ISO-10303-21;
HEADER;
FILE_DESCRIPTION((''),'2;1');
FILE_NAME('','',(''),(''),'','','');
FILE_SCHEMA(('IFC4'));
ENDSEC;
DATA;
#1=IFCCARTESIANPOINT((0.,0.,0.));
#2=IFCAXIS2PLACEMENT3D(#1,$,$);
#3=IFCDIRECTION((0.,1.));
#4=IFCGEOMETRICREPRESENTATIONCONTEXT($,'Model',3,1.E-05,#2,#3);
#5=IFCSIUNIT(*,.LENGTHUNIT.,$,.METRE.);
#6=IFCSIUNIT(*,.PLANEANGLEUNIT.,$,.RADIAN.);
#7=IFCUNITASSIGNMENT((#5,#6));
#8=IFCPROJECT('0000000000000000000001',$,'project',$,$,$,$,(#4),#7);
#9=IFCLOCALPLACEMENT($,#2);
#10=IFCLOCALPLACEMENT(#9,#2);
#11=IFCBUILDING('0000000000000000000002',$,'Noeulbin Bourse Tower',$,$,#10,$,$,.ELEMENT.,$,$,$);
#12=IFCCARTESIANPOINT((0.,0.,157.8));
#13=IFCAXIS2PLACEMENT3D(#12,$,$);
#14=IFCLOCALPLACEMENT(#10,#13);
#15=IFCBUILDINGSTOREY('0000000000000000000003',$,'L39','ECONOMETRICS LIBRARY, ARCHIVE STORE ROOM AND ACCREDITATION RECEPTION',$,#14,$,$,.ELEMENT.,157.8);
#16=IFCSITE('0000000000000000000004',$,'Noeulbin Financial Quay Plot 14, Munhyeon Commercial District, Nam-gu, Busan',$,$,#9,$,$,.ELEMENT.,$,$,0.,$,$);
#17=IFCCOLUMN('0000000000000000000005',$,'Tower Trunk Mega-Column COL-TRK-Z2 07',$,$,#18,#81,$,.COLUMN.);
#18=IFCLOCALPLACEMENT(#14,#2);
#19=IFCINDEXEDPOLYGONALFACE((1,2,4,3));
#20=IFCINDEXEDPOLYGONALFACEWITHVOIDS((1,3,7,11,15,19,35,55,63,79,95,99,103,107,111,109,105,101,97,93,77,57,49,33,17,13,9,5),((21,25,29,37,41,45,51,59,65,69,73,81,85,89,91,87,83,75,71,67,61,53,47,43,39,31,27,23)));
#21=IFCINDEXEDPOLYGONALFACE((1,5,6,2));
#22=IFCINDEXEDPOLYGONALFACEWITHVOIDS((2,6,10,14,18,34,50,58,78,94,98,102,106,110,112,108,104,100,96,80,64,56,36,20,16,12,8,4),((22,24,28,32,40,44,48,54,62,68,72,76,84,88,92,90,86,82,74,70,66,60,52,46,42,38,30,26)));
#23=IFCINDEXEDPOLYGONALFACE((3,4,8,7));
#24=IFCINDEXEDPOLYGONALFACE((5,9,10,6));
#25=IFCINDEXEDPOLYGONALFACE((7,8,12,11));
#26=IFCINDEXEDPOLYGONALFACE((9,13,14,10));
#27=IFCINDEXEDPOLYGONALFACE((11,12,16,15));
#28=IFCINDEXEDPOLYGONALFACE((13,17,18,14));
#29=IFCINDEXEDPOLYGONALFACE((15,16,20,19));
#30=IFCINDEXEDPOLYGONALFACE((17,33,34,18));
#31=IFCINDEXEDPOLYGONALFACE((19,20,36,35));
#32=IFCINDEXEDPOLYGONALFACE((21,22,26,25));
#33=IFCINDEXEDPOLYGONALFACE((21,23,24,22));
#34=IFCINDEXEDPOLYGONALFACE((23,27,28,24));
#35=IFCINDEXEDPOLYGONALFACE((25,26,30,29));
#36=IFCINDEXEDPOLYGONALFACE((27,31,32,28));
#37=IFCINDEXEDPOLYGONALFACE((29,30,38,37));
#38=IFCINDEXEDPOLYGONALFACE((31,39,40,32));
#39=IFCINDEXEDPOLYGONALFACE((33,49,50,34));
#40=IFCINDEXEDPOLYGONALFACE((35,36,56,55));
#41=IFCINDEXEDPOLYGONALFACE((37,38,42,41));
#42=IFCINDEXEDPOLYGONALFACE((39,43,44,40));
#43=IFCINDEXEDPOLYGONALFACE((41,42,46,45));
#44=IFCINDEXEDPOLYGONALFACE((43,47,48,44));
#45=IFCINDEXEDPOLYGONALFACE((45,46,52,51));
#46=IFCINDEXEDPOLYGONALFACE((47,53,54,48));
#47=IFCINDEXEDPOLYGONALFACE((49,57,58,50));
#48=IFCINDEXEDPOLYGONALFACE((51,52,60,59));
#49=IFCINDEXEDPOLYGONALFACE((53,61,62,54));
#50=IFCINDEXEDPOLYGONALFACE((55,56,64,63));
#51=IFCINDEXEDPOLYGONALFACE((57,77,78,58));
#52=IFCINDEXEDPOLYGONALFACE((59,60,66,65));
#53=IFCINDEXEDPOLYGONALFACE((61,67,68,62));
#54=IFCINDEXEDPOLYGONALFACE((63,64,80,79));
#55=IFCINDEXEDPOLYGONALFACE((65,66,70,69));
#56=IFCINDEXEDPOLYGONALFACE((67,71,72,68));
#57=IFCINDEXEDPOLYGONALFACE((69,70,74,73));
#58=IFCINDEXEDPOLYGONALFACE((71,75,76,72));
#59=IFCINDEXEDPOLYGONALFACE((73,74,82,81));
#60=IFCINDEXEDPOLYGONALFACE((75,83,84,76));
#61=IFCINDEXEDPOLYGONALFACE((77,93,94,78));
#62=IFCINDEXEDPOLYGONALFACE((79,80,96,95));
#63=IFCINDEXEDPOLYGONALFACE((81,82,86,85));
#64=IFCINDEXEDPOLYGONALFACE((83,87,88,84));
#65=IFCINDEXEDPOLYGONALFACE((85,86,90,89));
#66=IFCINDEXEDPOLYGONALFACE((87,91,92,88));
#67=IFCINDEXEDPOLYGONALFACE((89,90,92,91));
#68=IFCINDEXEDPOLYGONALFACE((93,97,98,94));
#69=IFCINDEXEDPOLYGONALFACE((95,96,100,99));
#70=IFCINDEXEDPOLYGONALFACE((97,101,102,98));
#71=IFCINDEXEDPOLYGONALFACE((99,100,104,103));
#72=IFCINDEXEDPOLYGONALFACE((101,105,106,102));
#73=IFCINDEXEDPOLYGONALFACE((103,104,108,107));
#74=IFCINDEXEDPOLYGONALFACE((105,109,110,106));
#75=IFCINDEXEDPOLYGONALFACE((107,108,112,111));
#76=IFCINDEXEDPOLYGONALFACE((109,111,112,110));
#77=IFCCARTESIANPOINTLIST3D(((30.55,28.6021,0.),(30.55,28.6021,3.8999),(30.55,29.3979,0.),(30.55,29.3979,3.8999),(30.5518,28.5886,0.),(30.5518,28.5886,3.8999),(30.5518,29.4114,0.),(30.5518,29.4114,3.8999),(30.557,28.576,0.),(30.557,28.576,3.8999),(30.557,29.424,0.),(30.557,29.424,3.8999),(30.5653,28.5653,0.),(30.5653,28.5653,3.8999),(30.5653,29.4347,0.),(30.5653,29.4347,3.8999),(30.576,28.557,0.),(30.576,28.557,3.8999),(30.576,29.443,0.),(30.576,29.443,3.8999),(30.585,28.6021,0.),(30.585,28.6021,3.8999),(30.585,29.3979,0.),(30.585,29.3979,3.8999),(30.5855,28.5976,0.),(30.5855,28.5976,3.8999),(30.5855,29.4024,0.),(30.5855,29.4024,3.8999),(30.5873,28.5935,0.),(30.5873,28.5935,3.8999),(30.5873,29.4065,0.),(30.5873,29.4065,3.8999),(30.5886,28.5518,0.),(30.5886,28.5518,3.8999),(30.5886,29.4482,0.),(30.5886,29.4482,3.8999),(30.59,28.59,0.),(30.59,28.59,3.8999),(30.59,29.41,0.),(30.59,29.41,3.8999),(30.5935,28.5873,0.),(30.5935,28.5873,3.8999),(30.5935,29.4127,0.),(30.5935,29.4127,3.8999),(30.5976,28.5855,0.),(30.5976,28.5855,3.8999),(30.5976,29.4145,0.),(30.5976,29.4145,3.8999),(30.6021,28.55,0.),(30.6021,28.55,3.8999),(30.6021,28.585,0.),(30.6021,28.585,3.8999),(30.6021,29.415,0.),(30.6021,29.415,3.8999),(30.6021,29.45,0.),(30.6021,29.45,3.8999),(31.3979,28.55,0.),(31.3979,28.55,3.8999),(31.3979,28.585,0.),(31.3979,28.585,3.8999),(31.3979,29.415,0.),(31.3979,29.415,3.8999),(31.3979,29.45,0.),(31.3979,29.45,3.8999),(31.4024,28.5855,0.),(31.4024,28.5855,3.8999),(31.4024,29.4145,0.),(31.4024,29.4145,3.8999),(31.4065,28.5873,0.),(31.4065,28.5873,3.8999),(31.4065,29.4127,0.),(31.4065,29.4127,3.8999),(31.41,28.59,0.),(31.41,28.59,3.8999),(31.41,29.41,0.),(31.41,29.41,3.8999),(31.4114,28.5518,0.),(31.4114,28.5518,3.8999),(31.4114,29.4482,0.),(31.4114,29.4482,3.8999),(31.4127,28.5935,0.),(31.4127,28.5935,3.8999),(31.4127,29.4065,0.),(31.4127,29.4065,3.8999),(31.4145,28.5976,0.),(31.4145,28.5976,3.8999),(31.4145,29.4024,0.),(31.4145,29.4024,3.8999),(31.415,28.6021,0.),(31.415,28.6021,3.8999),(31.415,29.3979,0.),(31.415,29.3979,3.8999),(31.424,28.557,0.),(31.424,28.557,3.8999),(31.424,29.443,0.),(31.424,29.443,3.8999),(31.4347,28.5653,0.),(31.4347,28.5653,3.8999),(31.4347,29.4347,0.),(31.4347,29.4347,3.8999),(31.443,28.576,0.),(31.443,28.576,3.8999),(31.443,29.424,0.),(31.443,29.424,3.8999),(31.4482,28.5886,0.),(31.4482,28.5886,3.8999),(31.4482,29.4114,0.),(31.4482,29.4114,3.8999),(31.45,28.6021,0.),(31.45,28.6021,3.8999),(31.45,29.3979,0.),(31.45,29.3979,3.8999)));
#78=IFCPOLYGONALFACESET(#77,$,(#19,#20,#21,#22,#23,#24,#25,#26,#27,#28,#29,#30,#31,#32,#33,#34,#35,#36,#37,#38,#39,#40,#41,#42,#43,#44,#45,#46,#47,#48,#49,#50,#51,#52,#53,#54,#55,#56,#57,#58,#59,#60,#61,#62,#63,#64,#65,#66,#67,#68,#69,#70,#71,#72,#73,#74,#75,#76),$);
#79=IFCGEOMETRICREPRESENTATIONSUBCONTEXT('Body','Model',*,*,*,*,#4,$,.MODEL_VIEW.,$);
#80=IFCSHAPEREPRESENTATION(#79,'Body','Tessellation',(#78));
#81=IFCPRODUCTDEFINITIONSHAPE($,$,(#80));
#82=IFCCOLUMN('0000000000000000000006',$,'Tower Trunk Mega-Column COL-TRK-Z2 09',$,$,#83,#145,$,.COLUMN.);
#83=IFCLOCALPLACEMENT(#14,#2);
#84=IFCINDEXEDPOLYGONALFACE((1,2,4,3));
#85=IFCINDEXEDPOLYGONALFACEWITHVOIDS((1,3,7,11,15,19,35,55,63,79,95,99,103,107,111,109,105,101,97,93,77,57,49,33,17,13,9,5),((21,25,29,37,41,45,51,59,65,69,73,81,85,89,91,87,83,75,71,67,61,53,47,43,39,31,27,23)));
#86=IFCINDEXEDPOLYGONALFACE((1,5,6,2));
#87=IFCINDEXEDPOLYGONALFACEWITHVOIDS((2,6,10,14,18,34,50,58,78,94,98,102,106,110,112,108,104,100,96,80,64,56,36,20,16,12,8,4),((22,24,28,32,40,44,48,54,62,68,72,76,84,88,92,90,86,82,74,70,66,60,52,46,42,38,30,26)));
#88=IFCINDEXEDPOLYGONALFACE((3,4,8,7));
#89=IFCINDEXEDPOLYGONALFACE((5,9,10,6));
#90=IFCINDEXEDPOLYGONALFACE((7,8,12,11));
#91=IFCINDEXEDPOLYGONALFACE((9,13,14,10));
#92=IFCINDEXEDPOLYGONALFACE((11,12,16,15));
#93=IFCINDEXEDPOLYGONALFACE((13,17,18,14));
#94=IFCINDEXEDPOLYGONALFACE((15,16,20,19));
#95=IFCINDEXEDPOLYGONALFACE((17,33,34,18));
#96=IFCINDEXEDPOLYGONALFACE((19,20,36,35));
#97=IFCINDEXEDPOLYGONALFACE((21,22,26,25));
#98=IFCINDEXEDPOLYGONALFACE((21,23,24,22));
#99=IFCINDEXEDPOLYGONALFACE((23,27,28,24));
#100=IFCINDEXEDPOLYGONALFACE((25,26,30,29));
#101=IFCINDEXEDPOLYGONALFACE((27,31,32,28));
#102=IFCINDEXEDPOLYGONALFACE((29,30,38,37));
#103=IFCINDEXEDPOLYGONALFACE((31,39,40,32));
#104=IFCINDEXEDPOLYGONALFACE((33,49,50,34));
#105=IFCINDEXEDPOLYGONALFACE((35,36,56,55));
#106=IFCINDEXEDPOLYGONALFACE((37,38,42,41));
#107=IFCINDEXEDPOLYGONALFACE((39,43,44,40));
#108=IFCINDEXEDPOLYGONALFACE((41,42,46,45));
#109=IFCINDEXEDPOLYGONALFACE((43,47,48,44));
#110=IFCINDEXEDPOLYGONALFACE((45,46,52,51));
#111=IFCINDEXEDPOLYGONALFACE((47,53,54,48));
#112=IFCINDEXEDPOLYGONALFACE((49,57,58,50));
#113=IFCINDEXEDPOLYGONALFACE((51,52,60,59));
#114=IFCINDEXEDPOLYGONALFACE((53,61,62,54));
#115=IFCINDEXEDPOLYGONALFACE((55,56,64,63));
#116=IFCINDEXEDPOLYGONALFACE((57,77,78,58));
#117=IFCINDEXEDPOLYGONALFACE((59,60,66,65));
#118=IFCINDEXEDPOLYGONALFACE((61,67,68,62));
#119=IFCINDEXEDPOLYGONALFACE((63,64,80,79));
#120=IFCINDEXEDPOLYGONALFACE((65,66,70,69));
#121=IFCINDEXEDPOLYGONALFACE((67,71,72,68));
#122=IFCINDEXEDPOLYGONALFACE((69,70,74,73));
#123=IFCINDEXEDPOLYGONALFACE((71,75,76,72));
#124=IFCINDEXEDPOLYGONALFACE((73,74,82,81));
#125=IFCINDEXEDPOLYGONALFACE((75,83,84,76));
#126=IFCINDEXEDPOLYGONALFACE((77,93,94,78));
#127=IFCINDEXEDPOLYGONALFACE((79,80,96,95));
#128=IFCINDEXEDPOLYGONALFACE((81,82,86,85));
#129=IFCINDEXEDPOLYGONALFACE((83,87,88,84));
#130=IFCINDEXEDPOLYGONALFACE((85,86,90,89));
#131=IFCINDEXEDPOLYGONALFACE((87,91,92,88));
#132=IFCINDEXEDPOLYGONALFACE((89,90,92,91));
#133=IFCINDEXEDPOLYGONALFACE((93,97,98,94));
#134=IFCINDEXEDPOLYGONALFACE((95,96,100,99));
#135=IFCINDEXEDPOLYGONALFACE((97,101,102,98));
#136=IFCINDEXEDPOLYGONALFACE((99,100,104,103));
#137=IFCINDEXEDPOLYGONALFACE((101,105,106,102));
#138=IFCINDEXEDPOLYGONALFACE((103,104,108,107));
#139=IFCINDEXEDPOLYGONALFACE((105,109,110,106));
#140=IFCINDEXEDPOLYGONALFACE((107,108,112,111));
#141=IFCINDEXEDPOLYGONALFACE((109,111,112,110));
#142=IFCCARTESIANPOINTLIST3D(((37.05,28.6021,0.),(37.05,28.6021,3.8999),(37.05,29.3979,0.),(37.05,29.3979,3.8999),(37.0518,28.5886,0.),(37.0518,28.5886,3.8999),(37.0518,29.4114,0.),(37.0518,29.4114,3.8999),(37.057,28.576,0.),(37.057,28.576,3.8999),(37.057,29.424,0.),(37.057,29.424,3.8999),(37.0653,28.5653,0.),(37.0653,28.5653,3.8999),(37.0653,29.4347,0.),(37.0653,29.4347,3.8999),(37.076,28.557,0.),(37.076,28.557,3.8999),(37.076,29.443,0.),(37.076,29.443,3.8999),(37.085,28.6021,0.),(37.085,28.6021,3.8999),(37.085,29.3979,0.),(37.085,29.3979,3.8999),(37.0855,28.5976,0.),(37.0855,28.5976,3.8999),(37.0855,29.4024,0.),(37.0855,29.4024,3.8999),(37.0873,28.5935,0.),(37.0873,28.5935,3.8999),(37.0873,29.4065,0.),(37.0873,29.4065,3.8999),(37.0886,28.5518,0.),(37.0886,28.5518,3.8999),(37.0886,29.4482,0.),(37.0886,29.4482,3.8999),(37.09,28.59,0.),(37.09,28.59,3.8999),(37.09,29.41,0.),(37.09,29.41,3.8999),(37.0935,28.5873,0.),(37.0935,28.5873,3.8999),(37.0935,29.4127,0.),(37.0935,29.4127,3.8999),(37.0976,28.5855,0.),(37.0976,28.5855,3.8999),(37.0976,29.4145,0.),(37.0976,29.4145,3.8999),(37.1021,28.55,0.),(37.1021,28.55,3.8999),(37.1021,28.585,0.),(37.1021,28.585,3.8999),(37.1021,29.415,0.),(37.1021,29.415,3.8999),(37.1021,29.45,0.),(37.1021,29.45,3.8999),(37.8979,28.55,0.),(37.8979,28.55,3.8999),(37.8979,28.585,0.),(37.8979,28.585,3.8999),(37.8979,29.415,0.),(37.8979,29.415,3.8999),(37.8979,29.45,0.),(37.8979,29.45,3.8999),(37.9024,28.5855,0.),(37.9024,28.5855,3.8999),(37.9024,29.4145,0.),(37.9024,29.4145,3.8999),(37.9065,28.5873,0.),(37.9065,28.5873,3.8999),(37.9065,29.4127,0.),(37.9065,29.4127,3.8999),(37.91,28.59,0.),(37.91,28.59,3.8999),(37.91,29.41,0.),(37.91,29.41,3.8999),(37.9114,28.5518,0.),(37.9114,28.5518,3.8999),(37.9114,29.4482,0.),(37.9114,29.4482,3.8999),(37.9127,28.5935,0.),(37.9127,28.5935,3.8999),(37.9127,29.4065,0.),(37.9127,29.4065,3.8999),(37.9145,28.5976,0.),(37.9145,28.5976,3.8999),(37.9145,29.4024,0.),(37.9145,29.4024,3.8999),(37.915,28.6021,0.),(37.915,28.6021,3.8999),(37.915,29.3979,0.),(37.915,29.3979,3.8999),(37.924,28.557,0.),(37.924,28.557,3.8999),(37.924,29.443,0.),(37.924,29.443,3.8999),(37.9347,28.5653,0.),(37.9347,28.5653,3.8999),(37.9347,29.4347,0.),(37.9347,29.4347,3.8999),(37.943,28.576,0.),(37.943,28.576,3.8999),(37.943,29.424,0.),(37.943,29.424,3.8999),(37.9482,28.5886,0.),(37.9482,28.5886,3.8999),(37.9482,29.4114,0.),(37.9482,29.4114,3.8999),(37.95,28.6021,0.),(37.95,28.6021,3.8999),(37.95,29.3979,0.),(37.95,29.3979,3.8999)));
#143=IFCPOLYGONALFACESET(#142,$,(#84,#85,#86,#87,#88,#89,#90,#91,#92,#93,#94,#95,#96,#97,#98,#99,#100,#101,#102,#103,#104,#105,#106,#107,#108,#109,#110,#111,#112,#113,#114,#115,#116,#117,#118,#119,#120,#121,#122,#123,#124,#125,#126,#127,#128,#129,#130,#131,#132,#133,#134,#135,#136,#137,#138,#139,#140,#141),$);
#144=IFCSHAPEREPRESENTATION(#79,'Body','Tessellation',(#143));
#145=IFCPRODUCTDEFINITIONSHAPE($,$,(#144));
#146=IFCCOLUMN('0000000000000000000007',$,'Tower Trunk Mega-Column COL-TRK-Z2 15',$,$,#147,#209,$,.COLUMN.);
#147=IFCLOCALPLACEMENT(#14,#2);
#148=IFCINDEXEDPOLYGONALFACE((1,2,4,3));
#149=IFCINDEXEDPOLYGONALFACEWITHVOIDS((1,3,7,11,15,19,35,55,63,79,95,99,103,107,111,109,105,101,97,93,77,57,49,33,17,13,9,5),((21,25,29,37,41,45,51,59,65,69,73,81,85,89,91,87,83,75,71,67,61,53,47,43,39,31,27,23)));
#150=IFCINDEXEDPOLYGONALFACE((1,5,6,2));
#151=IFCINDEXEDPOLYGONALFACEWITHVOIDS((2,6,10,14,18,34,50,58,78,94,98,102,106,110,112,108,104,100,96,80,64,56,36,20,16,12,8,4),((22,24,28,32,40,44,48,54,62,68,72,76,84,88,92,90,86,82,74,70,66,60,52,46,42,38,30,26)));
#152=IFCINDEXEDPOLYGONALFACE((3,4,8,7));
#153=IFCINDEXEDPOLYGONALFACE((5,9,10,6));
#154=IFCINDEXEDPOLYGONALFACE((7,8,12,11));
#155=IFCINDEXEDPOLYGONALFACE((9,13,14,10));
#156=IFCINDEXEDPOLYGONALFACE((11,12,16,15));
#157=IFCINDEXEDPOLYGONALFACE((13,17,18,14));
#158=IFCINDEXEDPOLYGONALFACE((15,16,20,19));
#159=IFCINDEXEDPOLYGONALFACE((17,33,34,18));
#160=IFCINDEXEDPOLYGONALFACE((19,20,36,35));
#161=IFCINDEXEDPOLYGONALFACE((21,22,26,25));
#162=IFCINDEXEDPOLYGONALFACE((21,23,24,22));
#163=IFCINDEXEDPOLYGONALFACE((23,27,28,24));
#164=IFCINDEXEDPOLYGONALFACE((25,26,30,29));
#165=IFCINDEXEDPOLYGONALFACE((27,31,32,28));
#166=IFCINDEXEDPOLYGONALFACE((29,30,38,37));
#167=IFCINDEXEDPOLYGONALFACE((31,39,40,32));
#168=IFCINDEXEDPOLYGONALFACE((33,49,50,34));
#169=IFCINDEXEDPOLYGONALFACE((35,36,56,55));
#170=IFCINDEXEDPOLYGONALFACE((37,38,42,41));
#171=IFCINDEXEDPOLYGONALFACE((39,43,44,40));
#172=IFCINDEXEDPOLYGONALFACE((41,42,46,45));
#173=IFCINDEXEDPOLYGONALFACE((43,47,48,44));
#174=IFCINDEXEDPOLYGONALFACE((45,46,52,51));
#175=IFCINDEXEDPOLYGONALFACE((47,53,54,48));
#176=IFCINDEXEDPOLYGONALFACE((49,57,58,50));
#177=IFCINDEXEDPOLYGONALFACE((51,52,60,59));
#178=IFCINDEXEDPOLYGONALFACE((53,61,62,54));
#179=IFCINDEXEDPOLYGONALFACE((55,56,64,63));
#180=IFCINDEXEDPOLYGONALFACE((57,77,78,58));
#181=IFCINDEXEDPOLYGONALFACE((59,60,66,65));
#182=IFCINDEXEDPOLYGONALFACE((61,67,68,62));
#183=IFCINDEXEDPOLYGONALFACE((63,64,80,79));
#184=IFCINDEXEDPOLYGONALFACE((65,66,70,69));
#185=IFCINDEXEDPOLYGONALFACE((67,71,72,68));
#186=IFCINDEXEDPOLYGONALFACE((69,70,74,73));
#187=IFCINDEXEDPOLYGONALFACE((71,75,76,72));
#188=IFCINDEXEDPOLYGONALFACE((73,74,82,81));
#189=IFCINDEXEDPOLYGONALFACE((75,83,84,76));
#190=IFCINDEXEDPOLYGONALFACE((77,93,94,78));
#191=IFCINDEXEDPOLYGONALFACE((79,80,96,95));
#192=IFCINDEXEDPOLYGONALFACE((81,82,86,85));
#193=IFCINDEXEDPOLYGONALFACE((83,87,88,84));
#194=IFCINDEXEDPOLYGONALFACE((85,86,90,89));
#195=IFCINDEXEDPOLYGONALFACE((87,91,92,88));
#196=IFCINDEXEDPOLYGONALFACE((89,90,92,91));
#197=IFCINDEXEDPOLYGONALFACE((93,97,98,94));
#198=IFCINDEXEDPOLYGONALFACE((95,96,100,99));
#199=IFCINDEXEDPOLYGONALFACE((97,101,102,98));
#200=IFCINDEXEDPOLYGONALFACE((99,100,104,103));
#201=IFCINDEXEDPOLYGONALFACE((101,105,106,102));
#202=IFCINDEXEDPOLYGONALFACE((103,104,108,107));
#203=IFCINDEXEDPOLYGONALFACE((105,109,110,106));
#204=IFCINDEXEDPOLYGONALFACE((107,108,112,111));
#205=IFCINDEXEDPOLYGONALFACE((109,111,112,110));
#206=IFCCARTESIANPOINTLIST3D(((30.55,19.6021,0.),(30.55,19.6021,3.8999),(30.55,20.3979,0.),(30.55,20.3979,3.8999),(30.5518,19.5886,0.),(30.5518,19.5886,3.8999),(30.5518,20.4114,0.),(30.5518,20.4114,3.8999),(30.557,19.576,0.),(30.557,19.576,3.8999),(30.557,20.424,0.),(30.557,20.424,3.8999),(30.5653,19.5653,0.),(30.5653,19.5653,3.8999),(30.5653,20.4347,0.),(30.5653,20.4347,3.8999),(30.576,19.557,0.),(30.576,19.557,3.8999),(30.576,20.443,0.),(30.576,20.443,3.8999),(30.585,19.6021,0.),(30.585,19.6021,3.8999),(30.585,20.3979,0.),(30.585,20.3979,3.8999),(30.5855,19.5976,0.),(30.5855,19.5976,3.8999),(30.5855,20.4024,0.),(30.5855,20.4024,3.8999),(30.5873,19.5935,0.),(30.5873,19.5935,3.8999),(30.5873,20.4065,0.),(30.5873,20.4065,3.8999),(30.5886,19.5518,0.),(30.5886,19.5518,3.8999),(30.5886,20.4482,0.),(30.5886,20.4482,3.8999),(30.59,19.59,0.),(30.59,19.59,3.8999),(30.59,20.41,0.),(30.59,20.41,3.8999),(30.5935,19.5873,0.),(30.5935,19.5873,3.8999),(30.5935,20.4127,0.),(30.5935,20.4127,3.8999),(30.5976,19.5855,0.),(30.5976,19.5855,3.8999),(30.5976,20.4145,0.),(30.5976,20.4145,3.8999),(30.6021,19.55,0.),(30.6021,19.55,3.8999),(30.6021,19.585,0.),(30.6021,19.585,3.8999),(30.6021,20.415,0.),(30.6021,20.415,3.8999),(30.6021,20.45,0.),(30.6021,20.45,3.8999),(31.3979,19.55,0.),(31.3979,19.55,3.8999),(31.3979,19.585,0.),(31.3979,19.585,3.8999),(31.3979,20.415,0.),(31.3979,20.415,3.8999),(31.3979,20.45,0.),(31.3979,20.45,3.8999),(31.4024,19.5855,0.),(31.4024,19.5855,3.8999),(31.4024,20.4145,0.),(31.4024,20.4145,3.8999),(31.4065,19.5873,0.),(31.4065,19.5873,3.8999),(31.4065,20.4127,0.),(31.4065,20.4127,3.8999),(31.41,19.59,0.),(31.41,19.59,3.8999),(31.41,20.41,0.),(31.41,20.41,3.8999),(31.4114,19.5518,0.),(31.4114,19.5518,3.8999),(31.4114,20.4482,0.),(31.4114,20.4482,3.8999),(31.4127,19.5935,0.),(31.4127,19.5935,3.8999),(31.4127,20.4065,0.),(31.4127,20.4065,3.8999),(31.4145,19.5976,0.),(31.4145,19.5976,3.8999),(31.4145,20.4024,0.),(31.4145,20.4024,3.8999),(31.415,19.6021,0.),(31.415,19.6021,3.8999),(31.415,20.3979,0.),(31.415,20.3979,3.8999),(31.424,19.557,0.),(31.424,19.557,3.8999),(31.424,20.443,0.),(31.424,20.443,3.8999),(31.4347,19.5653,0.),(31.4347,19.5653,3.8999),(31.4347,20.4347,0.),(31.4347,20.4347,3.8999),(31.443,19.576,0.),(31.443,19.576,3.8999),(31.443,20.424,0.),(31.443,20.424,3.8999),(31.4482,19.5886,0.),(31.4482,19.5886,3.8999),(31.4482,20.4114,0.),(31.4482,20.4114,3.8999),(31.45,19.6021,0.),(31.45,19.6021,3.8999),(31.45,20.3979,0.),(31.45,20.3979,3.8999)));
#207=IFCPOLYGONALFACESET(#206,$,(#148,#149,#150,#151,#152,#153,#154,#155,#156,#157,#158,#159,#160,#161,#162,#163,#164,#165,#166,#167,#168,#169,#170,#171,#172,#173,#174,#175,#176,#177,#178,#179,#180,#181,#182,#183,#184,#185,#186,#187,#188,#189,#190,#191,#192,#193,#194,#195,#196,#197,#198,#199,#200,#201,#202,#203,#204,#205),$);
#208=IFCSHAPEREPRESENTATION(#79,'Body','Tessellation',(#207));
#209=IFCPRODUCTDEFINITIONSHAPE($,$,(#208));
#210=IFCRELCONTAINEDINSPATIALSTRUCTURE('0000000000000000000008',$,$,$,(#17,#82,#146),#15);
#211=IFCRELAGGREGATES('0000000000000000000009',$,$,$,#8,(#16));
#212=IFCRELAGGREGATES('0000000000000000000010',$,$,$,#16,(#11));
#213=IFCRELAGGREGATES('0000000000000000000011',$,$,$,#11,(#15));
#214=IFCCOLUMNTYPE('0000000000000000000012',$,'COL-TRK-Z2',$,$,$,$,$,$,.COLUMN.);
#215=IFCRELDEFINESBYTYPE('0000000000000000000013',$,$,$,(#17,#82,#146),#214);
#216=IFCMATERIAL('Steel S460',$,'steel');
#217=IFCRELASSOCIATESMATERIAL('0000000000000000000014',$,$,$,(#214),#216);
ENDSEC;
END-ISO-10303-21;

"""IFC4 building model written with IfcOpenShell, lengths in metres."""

from ifc_helpers import new_model, si_unit, direction, frame, origin, origin_2d, place, context, subcontext, project, spatial, hollow_rectangle, extrude, material, material_profile, profile_set, type_object, element, save


model = new_model("IFC4")

# Units and contexts
model_context = context("Model", 3, precision=1e-05, world=origin(), true_north=direction((0.0, 1.0)))
body_context = subcontext(model_context, "Body", "Model", "MODEL_VIEW")
ifc_project = project(units=[si_unit("LENGTHUNIT", "METRE"), si_unit("PLANEANGLEUNIT", "RADIAN")], contexts=[model_context])

# Site, building, storey
site_placement = place(None, origin())
site = spatial("IfcSite", under=ifc_project, at=site_placement, Name="Noeulbin Financial Quay Plot 14, Munhyeon Commercial District, Nam-gu, Busan", CompositionType="ELEMENT", RefElevation=0.0)
building_placement = place(site_placement, origin())
building = spatial("IfcBuilding", under=site, at=building_placement, Name="Noeulbin Bourse Tower", CompositionType="ELEMENT")
storey_placement = place(building_placement, frame((0.0, 0.0, 157.8)))
storey = spatial("IfcBuildingStorey", under=building, at=storey_placement, Name="L39", Description="ECONOMETRICS LIBRARY, ARCHIVE STORE ROOM AND ACCREDITATION RECEPTION", CompositionType="ELEMENT", Elevation=157.8)

# Columns
ifc_material_1 = material(Name="Steel S460", Category="steel")
ifc_material_profile_1 = material_profile(ifc_material_1, hollow_rectangle(XDim=0.8999, YDim=0.8999, WallThickness=0.0349, InnerFilletRadius=0.0171, OuterFilletRadius=0.052, at=origin_2d()), Name="BOX-900x900x35", Category="LoadBearing")
ifc_profile_set_1 = profile_set([ifc_material_profile_1], Name="Steel S460")
column_type = type_object("IfcColumnType", Name="COL-TRK-Z2", PredefinedType="COLUMN", material=ifc_profile_set_1)
for number, where, z_axis, x_axis, name in (
    (1, (31.0, 29.0, 0.0), (0.0, 0.0, 1.0), (1.0, 0.0, 0.0), "Tower Trunk Mega-Column COL-TRK-Z2 07"),
    (2, (37.5, 29.0, 0.0), (0.0, 0.0, 1.0), (1.0, 0.0, 0.0), "Tower Trunk Mega-Column COL-TRK-Z2 09"),
    (3, (31.0, 20.0, 0.0), (0.0, 0.0, 1.0), (1.0, 0.0, 0.0), "Tower Trunk Mega-Column COL-TRK-Z2 15"),
):
    element("IfcColumn", number, at=place(storey_placement, frame(where, z_axis=z_axis, x_axis=x_axis)), inside=storey, type_object=column_type, Name=name, PredefinedType="COLUMN", context=body_context, shape_type="SweptSolid", body=[
        extrude(hollow_rectangle(XDim=0.8999, YDim=0.8999, WallThickness=0.0349, InnerFilletRadius=0.0171, OuterFilletRadius=0.052, at=origin_2d()), origin(), (0.0, 0.0, 1.0), 3.8999),
    ])

save(model, "model.ifc")
